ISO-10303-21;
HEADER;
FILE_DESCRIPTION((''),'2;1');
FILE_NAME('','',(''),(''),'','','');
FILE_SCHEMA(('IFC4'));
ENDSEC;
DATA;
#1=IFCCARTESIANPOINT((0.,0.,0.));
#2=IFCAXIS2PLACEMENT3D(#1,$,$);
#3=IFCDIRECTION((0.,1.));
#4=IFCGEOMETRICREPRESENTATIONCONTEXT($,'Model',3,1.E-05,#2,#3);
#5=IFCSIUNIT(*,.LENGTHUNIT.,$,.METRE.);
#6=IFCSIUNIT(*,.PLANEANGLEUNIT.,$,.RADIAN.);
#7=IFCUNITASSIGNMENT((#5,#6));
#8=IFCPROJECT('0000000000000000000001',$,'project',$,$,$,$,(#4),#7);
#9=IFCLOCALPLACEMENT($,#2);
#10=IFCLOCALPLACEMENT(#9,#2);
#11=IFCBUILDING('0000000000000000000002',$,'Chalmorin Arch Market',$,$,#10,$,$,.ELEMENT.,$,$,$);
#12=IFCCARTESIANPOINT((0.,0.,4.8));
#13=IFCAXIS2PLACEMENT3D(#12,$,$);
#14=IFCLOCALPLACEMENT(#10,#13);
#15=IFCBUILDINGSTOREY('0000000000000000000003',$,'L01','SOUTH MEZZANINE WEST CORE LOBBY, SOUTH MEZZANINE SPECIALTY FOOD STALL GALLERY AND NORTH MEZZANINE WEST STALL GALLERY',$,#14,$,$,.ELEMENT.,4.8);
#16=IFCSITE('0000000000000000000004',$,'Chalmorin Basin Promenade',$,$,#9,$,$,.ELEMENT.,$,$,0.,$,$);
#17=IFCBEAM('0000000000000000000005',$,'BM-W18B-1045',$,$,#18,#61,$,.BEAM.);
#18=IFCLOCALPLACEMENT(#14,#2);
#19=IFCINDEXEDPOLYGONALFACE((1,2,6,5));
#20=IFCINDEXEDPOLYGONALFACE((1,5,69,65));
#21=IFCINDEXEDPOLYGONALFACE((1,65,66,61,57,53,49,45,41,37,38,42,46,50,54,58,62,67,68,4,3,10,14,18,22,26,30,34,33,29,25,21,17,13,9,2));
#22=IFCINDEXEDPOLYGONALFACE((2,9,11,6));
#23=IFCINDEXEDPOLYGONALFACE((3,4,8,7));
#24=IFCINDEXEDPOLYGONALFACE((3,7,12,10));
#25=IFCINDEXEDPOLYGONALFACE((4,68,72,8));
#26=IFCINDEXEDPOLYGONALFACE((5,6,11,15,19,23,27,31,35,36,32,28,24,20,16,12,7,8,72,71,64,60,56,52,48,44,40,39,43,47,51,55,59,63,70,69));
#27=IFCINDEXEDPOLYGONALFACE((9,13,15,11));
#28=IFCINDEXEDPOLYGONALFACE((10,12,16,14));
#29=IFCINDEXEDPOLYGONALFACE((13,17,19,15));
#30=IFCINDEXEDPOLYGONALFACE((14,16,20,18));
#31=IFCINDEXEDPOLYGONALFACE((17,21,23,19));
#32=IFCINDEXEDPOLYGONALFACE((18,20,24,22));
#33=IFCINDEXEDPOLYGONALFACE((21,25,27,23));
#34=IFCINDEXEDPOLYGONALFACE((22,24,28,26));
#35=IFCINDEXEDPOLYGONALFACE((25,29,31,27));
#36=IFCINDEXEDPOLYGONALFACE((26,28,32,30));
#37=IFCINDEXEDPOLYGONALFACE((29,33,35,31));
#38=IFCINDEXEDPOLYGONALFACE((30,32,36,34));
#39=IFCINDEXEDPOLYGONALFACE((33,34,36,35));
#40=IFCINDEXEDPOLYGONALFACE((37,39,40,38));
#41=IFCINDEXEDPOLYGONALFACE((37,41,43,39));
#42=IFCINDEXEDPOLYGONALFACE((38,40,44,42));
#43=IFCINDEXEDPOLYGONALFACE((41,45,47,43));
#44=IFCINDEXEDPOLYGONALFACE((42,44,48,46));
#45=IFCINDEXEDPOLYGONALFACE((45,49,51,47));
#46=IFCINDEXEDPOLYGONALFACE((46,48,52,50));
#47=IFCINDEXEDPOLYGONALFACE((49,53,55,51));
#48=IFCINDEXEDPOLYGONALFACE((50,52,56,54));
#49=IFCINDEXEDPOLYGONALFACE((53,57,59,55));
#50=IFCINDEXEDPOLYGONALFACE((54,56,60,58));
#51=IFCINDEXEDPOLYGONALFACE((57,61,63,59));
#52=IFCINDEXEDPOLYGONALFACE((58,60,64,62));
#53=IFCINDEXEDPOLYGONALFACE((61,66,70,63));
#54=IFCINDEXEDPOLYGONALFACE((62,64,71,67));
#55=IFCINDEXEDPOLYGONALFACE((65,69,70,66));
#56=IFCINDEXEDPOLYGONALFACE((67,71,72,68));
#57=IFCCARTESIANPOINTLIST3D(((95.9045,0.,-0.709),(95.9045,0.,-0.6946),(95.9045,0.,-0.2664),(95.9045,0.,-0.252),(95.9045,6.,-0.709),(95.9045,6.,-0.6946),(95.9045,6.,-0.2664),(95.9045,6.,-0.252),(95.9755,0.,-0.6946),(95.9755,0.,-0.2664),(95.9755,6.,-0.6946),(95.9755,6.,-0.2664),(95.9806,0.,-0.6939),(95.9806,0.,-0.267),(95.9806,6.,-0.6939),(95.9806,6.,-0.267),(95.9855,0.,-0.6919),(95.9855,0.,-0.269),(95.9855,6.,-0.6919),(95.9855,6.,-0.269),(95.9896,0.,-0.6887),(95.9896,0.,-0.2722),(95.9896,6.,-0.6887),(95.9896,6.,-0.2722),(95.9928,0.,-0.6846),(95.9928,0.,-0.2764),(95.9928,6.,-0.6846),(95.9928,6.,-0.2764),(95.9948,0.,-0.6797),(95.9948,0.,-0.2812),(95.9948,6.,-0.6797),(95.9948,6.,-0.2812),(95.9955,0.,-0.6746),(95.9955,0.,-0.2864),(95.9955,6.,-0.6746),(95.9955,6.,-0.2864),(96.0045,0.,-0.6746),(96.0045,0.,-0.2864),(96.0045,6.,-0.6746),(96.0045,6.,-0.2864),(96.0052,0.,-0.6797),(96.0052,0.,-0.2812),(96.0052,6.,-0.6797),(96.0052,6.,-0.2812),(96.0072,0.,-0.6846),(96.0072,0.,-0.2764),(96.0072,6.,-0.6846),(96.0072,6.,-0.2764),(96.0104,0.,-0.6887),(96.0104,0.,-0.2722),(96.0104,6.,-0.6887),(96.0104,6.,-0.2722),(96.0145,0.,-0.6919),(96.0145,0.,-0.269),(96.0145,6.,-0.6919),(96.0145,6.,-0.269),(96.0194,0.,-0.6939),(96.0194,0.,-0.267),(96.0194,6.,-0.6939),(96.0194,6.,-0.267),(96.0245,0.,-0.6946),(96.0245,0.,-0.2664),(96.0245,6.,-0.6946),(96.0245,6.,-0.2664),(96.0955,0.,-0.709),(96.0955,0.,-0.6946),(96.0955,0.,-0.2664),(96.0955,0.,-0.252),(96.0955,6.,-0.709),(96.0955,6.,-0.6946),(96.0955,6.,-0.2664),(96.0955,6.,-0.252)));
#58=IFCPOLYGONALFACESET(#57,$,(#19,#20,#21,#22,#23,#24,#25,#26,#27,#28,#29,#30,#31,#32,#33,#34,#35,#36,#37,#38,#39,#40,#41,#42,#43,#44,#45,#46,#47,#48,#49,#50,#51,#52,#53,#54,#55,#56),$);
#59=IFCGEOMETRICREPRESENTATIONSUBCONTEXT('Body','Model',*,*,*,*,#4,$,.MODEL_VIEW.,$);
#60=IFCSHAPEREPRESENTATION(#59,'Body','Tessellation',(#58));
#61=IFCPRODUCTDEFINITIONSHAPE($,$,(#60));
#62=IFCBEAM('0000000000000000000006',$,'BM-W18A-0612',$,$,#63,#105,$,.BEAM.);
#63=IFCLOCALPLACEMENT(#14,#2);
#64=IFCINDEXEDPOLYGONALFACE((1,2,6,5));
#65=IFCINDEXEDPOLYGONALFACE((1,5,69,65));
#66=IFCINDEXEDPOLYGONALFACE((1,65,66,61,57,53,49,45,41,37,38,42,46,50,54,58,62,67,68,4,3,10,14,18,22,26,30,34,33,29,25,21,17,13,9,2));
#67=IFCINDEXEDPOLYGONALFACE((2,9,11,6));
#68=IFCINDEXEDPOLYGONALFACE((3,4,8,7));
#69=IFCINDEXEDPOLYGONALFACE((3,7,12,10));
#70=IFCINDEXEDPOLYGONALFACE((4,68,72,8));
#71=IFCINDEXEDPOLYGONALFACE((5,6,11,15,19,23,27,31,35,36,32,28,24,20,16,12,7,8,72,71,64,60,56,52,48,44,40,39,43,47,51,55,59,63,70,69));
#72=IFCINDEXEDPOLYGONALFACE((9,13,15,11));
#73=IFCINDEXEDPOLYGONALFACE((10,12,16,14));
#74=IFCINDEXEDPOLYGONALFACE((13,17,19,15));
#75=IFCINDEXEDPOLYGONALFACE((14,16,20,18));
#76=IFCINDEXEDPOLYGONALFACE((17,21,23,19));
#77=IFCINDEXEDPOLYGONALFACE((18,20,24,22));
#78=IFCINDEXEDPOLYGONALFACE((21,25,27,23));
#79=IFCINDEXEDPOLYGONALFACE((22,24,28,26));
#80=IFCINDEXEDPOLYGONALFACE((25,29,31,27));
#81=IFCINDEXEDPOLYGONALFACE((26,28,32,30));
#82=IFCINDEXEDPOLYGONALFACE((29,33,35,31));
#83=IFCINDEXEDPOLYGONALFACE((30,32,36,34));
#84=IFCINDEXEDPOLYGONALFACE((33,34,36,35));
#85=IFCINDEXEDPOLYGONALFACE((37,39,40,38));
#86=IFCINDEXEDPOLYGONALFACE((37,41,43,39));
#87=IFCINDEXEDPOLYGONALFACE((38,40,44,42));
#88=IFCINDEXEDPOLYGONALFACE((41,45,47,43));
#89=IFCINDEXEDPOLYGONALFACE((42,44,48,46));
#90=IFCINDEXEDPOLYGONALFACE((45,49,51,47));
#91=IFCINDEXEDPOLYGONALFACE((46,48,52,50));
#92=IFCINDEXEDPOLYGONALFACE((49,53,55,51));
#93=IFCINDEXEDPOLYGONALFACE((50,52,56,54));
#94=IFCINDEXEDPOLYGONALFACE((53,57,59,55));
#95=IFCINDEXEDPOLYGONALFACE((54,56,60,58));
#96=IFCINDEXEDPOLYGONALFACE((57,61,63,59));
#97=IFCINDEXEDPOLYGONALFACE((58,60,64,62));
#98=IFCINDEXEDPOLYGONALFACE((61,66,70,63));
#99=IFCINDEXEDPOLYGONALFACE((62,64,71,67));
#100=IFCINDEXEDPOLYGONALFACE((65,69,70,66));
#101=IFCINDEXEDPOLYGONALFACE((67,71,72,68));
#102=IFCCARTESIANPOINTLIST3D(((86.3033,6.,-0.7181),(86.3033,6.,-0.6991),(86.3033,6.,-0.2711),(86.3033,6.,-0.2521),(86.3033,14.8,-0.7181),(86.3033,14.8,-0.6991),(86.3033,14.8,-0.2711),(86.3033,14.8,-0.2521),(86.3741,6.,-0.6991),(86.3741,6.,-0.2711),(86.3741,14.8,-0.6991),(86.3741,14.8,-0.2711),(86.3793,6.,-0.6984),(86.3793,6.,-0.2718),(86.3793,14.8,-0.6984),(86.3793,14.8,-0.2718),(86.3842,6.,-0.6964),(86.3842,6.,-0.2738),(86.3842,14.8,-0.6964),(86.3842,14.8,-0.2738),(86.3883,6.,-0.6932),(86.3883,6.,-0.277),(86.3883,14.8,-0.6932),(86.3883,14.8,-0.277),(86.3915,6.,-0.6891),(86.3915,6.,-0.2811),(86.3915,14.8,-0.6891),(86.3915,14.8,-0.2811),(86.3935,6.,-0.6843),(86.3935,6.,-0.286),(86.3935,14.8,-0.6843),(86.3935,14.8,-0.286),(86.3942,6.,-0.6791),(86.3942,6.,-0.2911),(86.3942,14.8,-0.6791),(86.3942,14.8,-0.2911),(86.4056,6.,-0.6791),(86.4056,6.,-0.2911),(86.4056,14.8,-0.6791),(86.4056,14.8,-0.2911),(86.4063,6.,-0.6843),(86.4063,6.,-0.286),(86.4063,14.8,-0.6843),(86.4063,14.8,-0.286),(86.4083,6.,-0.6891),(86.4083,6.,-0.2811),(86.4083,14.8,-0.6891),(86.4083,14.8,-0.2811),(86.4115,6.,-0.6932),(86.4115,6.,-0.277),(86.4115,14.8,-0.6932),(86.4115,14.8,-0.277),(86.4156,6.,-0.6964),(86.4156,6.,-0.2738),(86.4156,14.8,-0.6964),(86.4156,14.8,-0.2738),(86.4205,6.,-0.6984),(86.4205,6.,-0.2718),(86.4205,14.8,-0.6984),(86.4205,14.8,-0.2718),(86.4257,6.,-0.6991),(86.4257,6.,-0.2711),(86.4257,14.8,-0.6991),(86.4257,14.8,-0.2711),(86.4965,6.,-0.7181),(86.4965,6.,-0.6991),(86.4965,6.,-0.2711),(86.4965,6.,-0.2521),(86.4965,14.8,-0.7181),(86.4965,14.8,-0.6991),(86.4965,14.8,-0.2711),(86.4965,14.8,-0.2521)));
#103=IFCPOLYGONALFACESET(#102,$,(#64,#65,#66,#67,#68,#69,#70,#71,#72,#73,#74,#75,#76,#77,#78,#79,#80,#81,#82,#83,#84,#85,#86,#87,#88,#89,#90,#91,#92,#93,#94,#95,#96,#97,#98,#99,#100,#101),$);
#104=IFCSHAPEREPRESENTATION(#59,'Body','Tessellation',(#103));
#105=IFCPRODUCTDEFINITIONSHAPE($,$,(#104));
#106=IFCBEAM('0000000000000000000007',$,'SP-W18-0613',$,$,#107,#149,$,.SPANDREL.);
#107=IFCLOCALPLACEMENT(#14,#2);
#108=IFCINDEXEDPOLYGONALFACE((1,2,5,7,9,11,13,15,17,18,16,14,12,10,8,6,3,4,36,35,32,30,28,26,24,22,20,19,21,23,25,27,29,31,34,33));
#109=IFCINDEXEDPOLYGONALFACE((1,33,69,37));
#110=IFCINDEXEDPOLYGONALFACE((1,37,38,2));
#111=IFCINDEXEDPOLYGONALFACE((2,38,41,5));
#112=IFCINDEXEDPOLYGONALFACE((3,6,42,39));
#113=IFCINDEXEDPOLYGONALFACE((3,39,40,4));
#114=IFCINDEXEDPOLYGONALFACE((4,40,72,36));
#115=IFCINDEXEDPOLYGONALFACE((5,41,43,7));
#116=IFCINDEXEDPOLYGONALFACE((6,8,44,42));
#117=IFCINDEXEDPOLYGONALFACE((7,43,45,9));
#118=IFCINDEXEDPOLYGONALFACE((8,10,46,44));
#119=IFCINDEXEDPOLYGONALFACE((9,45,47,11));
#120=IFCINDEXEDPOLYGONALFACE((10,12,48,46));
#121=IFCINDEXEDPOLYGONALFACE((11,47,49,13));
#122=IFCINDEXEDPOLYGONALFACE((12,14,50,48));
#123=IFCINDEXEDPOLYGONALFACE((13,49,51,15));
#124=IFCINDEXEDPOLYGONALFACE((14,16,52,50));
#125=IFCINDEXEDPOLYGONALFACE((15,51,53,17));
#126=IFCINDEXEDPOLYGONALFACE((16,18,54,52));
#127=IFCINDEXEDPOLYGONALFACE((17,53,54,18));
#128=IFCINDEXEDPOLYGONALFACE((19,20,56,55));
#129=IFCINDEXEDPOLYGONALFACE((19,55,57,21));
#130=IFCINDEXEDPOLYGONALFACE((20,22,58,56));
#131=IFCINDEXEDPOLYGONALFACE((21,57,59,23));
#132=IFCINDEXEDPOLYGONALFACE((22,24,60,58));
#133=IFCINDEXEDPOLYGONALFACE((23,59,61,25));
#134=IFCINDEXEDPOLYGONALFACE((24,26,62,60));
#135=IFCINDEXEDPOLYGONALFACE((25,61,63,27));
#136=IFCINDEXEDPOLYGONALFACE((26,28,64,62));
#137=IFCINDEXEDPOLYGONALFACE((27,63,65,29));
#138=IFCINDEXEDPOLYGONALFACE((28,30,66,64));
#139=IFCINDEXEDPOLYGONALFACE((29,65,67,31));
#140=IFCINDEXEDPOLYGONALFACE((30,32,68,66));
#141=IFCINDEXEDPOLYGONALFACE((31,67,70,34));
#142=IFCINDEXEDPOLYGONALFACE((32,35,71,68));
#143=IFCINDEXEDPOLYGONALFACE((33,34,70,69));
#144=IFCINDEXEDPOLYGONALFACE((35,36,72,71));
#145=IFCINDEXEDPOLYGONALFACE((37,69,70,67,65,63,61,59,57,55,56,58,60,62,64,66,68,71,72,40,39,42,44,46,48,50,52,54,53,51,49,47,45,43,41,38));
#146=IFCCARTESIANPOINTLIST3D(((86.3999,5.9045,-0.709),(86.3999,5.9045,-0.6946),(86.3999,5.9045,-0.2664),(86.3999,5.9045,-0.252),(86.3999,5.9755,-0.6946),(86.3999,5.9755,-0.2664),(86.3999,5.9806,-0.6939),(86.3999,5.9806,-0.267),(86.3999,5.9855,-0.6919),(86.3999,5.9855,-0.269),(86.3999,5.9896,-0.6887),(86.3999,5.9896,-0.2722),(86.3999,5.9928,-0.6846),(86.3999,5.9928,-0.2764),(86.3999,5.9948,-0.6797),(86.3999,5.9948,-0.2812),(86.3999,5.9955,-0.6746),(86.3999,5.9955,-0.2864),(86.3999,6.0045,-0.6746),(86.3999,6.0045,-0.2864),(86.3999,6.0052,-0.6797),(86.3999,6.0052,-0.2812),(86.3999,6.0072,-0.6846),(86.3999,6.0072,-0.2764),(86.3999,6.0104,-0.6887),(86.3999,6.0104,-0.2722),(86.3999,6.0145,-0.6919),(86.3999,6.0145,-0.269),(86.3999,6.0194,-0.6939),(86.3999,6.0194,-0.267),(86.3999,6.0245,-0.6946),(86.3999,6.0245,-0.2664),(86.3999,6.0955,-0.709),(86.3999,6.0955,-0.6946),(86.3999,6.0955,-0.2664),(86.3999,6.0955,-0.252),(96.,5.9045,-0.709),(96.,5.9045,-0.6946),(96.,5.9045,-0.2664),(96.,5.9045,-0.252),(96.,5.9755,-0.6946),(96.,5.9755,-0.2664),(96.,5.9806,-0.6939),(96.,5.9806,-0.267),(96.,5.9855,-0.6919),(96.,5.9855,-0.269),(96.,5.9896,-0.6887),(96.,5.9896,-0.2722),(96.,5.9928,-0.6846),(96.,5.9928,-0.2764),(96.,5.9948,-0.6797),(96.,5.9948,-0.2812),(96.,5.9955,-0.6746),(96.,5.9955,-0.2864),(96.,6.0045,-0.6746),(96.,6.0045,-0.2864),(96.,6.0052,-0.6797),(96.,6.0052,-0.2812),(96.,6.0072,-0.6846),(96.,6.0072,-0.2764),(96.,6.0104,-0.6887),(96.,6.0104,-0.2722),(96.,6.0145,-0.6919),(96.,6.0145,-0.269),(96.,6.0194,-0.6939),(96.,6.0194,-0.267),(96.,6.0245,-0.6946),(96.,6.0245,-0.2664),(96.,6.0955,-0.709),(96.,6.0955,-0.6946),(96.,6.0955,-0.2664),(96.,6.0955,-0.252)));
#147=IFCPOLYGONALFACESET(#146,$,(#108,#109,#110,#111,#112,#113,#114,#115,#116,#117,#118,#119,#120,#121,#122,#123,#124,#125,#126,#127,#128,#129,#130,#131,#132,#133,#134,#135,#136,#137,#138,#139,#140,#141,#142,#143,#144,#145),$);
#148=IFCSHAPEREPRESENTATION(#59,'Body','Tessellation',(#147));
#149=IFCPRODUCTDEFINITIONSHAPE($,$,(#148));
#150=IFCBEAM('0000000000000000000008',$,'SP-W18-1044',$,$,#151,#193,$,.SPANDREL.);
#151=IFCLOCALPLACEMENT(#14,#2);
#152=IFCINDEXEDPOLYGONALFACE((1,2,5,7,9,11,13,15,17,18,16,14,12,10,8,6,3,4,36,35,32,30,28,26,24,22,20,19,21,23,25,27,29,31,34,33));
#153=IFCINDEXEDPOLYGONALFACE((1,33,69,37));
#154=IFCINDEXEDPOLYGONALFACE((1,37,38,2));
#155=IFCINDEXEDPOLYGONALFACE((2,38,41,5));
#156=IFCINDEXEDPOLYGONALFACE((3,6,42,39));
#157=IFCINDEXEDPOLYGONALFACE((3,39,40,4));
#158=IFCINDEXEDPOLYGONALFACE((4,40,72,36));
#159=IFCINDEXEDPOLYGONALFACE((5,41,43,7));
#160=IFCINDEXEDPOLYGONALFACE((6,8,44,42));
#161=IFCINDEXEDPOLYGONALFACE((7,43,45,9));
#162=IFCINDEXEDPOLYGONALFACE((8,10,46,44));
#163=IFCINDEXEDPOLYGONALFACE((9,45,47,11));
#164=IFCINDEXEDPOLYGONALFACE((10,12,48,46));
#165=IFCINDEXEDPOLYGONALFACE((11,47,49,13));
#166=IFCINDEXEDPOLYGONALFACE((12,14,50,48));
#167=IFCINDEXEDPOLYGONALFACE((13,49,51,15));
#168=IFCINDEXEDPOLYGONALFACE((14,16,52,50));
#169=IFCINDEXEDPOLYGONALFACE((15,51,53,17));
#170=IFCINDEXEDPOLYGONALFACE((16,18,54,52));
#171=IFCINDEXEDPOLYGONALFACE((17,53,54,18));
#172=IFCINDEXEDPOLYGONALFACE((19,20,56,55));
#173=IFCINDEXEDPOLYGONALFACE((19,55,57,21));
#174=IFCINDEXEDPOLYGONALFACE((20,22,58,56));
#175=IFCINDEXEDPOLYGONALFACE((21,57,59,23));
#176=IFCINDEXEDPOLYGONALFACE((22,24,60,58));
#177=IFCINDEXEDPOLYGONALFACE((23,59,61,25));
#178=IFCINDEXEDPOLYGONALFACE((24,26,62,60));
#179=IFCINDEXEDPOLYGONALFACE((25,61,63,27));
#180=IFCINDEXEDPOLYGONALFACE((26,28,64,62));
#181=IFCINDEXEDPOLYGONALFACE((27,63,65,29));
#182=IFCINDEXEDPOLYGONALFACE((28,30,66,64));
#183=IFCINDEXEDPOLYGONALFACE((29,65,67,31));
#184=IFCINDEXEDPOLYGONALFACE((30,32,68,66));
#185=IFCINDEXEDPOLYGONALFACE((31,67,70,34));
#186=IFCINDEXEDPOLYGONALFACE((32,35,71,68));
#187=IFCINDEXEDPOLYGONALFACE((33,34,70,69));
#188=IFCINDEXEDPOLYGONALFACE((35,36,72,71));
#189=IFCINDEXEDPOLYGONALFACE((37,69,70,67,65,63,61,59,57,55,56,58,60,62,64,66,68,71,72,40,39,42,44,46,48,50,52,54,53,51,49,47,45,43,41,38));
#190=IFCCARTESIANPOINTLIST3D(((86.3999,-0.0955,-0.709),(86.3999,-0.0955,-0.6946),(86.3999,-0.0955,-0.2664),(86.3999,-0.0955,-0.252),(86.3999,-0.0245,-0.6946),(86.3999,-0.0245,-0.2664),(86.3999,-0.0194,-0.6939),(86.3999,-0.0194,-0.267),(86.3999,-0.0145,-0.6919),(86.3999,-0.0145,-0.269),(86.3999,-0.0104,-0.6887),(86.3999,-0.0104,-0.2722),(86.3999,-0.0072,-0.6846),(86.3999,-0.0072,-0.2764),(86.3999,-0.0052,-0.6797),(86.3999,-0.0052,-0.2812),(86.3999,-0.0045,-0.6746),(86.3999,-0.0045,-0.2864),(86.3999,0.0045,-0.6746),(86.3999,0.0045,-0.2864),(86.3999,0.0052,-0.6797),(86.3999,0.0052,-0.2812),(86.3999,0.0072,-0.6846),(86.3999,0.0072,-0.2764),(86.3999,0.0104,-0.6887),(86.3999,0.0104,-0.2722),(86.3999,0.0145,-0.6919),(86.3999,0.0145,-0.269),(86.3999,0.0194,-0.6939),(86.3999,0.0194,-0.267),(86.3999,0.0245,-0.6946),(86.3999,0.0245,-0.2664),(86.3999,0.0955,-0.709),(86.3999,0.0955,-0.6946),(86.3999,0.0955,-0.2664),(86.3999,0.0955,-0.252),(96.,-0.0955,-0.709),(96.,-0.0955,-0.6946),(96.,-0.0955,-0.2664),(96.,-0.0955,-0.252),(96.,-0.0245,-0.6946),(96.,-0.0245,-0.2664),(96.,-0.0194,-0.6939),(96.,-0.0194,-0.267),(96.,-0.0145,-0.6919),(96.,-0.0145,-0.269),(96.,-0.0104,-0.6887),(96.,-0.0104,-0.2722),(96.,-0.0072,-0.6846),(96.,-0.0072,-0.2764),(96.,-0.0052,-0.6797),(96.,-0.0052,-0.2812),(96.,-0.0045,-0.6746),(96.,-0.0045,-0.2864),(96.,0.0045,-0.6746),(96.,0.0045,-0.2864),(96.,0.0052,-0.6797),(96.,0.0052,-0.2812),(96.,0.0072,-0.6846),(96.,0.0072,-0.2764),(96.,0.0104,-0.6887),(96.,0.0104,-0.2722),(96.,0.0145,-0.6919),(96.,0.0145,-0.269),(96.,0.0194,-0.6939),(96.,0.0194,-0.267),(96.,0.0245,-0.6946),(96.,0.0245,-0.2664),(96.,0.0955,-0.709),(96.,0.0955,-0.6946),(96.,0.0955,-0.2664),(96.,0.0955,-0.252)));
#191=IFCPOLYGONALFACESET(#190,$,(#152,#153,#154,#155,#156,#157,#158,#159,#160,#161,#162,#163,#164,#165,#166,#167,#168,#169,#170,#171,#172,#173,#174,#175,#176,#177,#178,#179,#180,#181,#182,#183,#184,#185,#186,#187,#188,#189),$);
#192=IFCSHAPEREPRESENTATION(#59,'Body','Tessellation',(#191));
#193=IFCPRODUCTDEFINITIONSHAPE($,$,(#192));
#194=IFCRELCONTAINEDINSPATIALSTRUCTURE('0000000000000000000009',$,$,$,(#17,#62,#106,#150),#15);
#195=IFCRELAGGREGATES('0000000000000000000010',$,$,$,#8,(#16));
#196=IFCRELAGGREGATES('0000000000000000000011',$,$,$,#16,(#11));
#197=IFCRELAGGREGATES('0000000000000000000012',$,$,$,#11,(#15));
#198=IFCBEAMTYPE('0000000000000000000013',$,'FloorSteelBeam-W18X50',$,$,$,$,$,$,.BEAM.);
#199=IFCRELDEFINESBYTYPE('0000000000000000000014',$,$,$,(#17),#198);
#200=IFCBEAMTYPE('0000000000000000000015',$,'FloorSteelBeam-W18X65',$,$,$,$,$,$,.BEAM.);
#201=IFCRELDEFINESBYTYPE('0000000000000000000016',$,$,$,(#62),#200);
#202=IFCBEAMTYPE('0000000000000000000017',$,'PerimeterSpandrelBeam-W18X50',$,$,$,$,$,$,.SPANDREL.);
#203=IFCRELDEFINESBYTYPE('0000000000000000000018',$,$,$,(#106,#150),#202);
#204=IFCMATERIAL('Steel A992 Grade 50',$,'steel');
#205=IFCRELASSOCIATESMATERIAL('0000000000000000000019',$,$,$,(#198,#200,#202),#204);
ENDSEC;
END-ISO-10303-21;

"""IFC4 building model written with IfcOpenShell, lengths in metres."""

from ifc_helpers import new_model, si_unit, direction, frame, origin, origin_2d, place, context, subcontext, project, spatial, i_section, extrude, material, material_profile, profile_set, type_object, element, save


model = new_model("IFC4")

# Units and contexts
model_context = context("Model", 3, precision=1e-05, world=origin(), true_north=direction((0.0, 1.0)))
body_context = subcontext(model_context, "Body", "Model", "MODEL_VIEW")
ifc_project = project(units=[si_unit("LENGTHUNIT", "METRE"), si_unit("PLANEANGLEUNIT", "RADIAN")], contexts=[model_context])

# Site, building, storey
site_placement = place(None, origin())
site = spatial("IfcSite", under=ifc_project, at=site_placement, Name="Chalmorin Basin Promenade", CompositionType="ELEMENT", RefElevation=0.0)
building_placement = place(site_placement, origin())
building = spatial("IfcBuilding", under=site, at=building_placement, Name="Chalmorin Arch Market", CompositionType="ELEMENT")
storey_placement = place(building_placement, frame((0.0, 0.0, 4.8)))
storey = spatial("IfcBuildingStorey", under=building, at=storey_placement, Name="L01", Description="SOUTH MEZZANINE WEST CORE LOBBY, SOUTH MEZZANINE SPECIALTY FOOD STALL GALLERY AND NORTH MEZZANINE WEST STALL GALLERY", CompositionType="ELEMENT", Elevation=4.8)

# Beams
ifc_material_1 = material(Name="Steel A992 Grade 50", Category="steel")
ifc_material_profile_1 = material_profile(ifc_material_1, i_section(OverallWidth=0.1909, OverallDepth=0.457, WebThickness=0.009, FlangeThickness=0.0144, FilletRadius=0.02, at=origin_2d()), Name="W18X50")
ifc_profile_set_1 = profile_set([ifc_material_profile_1], Name="Steel A992 Grade 50")
beam_type_1 = type_object("IfcBeamType", Name="FloorSteelBeam-W18X50", PredefinedType="BEAM", material=ifc_profile_set_1)
beam_1_placement = place(storey_placement, frame((96.0, 0.0, -0.4805), z_axis=(0.0, 1.0, 0.0), x_axis=(-1.0, 0.0, 0.0)))
element("IfcBeam", 1, at=beam_1_placement, inside=storey, type_object=beam_type_1, Name="BM-W18B-1045", PredefinedType="BEAM", context=body_context, shape_type="SweptSolid", body=[
    extrude(i_section(OverallWidth=0.1909, OverallDepth=0.457, WebThickness=0.009, FlangeThickness=0.0144, FilletRadius=0.02, at=origin_2d()), origin(), (0.0, 0.0, 1.0), 6.0),
])
ifc_material_profile_2 = material_profile(ifc_material_1, i_section(OverallWidth=0.1931, OverallDepth=0.4661, WebThickness=0.0115, FlangeThickness=0.019, FilletRadius=0.02, at=origin_2d()), Name="W18X65")
ifc_profile_set_2 = profile_set([ifc_material_profile_2], Name="Steel A992 Grade 50")
beam_type_2 = type_object("IfcBeamType", Name="FloorSteelBeam-W18X65", PredefinedType="BEAM", material=ifc_profile_set_2)
beam_2_placement = place(storey_placement, frame((86.3999, 6.0, -0.4851), z_axis=(0.0, 1.0, 0.0), x_axis=(-1.0, 0.0, 0.0)))
element("IfcBeam", 2, at=beam_2_placement, inside=storey, type_object=beam_type_2, Name="BM-W18A-0612", PredefinedType="BEAM", context=body_context, shape_type="SweptSolid", body=[
    extrude(i_section(OverallWidth=0.1931, OverallDepth=0.4661, WebThickness=0.0115, FlangeThickness=0.019, FilletRadius=0.02, at=origin_2d()), origin(), (0.0, 0.0, 1.0), 8.8),
])
ifc_material_profile_3 = material_profile(ifc_material_1, i_section(OverallWidth=0.1909, OverallDepth=0.457, WebThickness=0.009, FlangeThickness=0.0144, FilletRadius=0.02, at=origin_2d()), Name="W18X50")
ifc_profile_set_3 = profile_set([ifc_material_profile_3], Name="Steel A992 Grade 50")
beam_type_3 = type_object("IfcBeamType", Name="PerimeterSpandrelBeam-W18X50", PredefinedType="SPANDREL", material=ifc_profile_set_3)
for number, where, z_axis, x_axis, name in (
    (3, (86.3999, 6.0, -0.4805), (1.0, 0.0, 0.0), (0.0, 1.0, 0.0), "SP-W18-0613"),
    (4, (86.3999, 0.0, -0.4805), (1.0, 0.0, 0.0), (0.0, 1.0, 0.0), "SP-W18-1044"),
):
    element("IfcBeam", number, at=place(storey_placement, frame(where, z_axis=z_axis, x_axis=x_axis)), inside=storey, type_object=beam_type_3, Name=name, PredefinedType="SPANDREL", context=body_context, shape_type="SweptSolid", body=[
        extrude(i_section(OverallWidth=0.1909, OverallDepth=0.457, WebThickness=0.009, FlangeThickness=0.0144, FilletRadius=0.02, at=origin_2d()), origin(), (0.0, 0.0, 1.0), 9.6001),
    ])

save(model, "model.ifc")
